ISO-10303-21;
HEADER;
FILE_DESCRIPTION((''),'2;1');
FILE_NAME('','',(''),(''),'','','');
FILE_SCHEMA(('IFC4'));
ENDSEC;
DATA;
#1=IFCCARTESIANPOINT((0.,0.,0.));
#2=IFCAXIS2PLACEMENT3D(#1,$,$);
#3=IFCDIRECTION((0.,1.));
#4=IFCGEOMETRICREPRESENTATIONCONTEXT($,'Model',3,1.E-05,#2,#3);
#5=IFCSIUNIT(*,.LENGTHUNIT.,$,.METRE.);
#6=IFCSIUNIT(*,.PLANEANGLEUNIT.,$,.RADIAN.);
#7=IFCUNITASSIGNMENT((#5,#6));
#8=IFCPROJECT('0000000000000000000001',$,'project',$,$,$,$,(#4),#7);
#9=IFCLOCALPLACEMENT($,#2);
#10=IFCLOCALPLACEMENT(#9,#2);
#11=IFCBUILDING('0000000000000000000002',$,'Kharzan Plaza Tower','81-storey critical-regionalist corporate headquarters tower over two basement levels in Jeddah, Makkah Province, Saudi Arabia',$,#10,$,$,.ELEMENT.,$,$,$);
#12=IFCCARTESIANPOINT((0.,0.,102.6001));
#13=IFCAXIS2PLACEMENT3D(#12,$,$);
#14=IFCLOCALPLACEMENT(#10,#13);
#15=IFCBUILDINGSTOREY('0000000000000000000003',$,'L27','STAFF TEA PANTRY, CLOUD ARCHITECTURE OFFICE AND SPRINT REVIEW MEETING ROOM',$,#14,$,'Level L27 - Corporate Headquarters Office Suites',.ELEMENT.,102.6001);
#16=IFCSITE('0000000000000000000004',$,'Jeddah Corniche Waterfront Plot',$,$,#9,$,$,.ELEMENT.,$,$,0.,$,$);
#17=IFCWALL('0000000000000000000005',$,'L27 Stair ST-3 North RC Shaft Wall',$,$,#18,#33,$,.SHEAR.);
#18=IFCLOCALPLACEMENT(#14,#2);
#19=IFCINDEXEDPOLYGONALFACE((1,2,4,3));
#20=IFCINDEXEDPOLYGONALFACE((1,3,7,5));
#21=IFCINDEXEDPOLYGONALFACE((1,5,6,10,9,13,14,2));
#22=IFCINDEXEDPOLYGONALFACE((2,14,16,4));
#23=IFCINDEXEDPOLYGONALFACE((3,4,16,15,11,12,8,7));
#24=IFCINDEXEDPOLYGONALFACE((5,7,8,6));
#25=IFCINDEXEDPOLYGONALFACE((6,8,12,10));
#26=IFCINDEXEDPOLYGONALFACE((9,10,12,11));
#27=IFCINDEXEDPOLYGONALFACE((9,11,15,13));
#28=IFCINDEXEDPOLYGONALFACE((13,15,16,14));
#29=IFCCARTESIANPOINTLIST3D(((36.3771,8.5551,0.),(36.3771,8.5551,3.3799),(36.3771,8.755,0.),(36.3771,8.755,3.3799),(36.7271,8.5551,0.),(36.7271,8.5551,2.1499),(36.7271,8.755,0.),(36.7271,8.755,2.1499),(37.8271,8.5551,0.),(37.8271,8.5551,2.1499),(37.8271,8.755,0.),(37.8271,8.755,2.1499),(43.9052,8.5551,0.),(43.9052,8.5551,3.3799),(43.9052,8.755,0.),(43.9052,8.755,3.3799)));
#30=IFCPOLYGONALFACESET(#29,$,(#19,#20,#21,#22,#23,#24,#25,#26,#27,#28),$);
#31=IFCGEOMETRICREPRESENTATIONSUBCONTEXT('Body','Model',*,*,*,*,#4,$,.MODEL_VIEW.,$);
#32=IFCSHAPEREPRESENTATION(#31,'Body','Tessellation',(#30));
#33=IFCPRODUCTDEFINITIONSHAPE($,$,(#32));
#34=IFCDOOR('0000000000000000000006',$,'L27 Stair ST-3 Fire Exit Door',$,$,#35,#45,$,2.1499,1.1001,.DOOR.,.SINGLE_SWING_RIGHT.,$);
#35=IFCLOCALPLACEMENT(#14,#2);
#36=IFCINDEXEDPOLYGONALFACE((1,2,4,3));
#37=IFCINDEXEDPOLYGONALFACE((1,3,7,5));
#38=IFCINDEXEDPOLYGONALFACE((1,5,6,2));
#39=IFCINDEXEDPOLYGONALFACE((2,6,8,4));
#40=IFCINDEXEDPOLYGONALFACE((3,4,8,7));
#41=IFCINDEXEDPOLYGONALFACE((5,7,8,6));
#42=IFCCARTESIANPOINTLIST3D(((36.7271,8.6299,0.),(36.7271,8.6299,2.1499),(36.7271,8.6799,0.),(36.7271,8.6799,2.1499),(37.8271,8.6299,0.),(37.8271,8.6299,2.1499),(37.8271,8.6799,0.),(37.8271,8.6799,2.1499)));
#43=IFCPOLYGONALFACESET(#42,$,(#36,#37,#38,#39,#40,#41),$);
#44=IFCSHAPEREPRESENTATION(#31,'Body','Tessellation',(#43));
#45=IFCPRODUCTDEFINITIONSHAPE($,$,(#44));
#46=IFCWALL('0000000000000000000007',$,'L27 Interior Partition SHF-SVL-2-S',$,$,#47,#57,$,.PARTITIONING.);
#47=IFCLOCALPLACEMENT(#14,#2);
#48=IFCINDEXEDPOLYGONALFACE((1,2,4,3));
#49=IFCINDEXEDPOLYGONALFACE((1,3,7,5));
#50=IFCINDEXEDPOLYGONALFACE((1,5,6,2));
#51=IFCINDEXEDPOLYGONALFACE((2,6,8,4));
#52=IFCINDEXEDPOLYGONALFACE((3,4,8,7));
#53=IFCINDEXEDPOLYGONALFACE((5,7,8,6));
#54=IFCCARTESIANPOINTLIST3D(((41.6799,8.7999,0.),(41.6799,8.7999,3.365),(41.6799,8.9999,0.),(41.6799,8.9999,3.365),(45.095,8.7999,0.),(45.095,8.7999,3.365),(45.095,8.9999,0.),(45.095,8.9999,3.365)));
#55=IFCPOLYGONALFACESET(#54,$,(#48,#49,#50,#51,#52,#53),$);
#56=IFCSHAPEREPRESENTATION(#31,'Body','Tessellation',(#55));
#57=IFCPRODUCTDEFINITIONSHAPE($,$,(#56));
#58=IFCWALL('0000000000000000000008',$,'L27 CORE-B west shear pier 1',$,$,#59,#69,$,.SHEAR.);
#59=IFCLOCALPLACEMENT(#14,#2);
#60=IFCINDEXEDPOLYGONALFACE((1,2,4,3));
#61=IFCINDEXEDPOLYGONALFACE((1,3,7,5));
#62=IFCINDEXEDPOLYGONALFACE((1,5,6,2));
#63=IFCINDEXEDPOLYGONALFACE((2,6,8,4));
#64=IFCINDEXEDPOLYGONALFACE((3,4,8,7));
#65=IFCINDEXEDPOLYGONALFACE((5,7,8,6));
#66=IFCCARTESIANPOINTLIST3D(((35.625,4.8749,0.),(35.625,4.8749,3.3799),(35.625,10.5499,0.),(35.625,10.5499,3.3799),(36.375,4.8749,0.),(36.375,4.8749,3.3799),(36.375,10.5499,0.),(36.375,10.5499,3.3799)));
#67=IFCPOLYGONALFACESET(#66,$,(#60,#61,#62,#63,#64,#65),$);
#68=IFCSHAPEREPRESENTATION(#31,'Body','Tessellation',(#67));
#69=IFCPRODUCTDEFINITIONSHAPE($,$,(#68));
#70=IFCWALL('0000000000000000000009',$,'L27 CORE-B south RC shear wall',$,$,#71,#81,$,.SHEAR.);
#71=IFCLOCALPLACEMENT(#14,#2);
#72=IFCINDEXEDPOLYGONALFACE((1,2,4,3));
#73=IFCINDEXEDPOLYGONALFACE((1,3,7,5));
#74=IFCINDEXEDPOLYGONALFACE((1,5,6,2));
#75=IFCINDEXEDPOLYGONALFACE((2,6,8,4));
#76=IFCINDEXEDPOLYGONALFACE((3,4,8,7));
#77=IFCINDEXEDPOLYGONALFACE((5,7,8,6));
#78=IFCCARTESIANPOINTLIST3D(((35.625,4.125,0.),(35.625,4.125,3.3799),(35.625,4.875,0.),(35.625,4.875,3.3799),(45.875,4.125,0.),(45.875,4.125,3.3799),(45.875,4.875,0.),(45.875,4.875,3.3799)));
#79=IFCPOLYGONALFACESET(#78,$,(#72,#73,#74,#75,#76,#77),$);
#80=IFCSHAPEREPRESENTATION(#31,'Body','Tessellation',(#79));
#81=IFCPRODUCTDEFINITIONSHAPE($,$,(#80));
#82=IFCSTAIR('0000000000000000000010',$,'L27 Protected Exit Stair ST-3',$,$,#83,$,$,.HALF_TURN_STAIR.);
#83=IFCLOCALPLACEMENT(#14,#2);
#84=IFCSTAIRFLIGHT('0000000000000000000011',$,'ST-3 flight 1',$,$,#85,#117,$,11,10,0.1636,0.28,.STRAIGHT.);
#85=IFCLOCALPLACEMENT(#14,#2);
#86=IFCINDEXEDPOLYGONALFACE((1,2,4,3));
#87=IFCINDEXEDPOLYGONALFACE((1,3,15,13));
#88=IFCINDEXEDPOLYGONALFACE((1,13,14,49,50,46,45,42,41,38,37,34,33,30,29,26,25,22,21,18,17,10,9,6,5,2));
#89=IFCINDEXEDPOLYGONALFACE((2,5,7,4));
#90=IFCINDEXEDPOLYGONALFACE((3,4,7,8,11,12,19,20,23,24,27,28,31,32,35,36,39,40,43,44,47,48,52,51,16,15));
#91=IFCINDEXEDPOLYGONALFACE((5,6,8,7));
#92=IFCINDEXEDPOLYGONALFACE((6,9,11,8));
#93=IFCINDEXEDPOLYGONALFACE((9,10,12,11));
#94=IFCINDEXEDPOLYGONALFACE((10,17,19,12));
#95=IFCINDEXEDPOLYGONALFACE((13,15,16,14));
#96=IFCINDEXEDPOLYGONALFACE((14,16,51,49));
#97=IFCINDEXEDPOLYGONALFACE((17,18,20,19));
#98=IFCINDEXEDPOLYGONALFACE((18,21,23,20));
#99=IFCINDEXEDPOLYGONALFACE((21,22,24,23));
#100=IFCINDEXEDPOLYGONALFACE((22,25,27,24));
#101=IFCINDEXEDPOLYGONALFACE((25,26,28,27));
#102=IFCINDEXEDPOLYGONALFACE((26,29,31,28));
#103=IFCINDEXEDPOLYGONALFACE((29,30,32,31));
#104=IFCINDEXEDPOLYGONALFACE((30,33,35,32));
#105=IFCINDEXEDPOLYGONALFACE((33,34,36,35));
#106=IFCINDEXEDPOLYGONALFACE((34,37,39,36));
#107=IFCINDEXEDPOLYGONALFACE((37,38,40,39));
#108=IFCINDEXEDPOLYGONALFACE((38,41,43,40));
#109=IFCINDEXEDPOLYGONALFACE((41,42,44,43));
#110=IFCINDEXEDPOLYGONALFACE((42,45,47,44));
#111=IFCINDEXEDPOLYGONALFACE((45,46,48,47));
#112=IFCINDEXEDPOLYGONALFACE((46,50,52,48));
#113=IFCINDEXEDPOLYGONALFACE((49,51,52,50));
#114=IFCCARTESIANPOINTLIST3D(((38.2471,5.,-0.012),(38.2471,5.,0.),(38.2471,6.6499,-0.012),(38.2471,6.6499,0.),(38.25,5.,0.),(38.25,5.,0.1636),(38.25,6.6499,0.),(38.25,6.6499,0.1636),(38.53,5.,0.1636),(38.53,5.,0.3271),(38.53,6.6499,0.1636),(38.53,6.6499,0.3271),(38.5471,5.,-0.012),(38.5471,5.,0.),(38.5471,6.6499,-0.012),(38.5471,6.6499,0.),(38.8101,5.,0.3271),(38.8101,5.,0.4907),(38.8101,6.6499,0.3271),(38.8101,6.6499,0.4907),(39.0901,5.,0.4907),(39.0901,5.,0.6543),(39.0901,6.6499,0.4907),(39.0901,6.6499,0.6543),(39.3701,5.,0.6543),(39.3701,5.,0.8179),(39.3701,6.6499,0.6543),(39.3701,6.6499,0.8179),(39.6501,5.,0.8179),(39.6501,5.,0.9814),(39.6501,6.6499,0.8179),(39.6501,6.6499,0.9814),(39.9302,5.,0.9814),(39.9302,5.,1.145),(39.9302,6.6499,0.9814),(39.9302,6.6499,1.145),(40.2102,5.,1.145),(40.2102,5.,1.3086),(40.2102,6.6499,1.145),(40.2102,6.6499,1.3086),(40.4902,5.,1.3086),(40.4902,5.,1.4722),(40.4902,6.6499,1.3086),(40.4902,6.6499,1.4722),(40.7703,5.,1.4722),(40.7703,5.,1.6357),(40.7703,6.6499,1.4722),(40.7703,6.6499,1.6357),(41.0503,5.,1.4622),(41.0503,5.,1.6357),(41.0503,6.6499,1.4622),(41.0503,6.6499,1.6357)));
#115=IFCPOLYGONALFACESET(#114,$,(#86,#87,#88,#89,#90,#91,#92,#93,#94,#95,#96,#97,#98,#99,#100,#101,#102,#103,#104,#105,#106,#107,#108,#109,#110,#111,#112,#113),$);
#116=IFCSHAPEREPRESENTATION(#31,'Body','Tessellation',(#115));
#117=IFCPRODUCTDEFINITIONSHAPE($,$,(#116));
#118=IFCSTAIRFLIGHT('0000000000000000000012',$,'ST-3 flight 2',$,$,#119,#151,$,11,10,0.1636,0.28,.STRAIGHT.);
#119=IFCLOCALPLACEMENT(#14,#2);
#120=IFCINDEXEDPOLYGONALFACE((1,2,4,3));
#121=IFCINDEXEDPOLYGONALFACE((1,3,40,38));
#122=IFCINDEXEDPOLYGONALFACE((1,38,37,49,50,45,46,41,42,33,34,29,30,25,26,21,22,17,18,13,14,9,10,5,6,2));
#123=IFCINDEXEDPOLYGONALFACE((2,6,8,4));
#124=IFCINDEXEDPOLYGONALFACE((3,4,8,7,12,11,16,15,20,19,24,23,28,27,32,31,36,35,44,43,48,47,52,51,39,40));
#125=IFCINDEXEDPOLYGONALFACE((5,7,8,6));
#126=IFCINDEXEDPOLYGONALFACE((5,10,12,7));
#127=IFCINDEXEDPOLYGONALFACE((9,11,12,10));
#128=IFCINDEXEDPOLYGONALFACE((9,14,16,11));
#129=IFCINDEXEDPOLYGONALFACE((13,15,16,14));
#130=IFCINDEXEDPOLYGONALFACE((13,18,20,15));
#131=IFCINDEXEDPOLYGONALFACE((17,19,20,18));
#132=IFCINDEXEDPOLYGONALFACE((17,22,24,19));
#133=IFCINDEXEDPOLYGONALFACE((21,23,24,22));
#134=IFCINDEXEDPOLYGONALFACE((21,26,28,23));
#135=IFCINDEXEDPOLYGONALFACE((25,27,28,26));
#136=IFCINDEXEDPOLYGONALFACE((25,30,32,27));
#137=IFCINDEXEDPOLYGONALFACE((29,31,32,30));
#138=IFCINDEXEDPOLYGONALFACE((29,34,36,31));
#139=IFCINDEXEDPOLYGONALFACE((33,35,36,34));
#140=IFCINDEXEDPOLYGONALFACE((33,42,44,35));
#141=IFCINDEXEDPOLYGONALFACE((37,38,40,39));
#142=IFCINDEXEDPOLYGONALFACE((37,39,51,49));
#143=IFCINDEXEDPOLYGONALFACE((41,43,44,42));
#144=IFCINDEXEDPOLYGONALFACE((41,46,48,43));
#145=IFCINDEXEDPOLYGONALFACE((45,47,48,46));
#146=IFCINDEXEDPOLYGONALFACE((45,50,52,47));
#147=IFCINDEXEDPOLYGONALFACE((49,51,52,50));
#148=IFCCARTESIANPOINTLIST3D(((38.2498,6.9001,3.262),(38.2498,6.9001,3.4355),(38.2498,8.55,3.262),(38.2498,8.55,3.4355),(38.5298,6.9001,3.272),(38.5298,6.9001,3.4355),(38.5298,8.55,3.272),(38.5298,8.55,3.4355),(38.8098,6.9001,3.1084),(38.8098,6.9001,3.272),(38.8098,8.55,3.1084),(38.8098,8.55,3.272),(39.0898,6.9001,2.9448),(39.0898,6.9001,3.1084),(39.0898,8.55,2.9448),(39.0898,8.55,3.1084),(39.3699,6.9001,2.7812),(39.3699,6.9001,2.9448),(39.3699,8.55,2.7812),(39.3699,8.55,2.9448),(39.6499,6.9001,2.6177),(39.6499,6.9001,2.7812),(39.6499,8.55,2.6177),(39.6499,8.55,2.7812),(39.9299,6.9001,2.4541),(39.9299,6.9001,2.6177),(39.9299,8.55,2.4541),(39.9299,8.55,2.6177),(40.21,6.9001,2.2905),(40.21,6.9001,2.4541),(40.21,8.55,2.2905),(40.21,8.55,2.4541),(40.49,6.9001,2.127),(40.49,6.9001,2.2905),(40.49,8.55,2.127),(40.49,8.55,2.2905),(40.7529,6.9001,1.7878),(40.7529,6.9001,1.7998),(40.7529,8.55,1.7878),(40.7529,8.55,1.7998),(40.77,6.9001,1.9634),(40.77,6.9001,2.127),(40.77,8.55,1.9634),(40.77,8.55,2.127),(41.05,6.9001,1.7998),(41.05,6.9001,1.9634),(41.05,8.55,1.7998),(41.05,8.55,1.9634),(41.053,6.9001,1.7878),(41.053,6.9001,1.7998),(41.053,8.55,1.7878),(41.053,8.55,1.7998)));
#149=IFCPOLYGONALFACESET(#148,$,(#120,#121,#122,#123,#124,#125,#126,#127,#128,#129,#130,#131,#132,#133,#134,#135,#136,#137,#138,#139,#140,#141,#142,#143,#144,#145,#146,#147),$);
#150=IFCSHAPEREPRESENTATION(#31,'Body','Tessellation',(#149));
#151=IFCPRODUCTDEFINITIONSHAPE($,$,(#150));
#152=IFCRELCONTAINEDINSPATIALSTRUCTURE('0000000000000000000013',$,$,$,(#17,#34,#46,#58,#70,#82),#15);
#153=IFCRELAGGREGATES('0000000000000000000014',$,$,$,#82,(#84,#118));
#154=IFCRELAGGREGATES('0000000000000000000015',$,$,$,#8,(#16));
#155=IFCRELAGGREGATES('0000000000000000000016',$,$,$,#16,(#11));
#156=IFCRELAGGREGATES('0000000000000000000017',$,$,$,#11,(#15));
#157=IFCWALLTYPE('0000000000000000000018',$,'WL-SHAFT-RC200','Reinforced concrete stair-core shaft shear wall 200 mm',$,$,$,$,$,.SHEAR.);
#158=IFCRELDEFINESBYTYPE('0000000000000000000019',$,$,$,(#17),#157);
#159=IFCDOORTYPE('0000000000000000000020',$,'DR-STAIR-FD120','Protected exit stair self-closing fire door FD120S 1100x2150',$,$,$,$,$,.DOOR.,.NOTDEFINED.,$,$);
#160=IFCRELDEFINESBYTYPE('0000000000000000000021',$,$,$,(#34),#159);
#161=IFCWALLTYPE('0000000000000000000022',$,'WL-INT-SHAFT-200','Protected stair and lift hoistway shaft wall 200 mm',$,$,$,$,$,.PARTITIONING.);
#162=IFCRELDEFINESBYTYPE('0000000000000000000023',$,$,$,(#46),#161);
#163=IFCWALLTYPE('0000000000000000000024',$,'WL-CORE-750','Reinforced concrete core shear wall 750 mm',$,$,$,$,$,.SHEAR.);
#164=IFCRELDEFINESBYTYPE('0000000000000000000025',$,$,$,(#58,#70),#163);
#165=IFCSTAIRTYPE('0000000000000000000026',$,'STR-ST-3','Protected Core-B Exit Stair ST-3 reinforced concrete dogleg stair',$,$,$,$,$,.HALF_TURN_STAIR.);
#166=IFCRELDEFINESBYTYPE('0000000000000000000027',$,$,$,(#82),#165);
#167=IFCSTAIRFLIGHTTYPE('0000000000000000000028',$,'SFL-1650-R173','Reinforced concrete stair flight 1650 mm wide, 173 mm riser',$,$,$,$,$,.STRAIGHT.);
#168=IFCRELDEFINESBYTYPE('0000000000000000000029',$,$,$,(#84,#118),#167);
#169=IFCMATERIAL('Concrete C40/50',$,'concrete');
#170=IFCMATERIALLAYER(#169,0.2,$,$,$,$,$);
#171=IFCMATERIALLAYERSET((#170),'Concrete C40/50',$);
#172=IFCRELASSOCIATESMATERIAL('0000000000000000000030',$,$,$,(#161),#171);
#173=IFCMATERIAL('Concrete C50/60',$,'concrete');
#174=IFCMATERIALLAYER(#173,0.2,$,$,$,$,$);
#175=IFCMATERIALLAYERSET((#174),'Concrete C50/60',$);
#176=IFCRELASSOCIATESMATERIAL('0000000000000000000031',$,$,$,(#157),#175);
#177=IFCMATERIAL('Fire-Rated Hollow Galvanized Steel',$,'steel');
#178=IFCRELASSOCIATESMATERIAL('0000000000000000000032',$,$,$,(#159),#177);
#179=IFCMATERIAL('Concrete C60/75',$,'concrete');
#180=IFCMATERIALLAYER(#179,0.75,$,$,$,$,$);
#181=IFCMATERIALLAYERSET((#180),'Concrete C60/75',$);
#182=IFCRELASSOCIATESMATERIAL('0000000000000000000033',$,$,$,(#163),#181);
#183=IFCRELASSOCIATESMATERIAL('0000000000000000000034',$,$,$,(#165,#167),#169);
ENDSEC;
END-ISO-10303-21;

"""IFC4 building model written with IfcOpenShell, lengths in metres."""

from ifc_helpers import new_model, si_unit, direction, frame, frame_2d, origin, place, context, subcontext, project, spatial, polyline, rectangle, outline, extrude, source, transform, mapped, material, layer, layer_set, type_object, element, fill, aggregate, save


model = new_model("IFC4")

# Units and contexts
model_context = context("Model", 3, precision=1e-05, world=origin(), true_north=direction((0.0, 1.0)))
body_context = subcontext(model_context, "Body", "Model", "MODEL_VIEW")
ifc_project = project(units=[si_unit("LENGTHUNIT", "METRE"), si_unit("PLANEANGLEUNIT", "RADIAN")], contexts=[model_context])

# Site, building, storey
site_placement = place(None, origin())
site = spatial("IfcSite", under=ifc_project, at=site_placement, Name="Jeddah Corniche Waterfront Plot", CompositionType="ELEMENT", RefElevation=0.0)
building_placement = place(site_placement, origin())
building = spatial("IfcBuilding", under=site, at=building_placement, Name="Kharzan Plaza Tower", Description="81-storey critical-regionalist corporate headquarters tower over two basement levels in Jeddah, Makkah Province, Saudi Arabia", CompositionType="ELEMENT")
storey_placement = place(building_placement, frame((0.0, 0.0, 102.6001)))
storey = spatial("IfcBuildingStorey", under=building, at=storey_placement, Name="L27", Description="STAFF TEA PANTRY, CLOUD ARCHITECTURE OFFICE AND SPRINT REVIEW MEETING ROOM", LongName="Level L27 - Corporate Headquarters Office Suites", CompositionType="ELEMENT", Elevation=102.6001)

# Shared definitions
ifc_material_1 = material(Name="Concrete C60/75", Category="concrete")

# Shared definitions
ifc_material_2 = material(Name="Concrete C40/50", Category="concrete")

# Wall, opening, door
ifc_layer_1 = layer(ifc_material_2, 0.2)
ifc_layer_set_1 = layer_set([ifc_layer_1], Name="Concrete C40/50")
wall_type_1 = type_object("IfcWallType", Name="WL-INT-SHAFT-200", Description="Protected stair and lift hoistway shaft wall 200 mm", PredefinedType="PARTITIONING", material=ifc_layer_set_1)
ifc_material_3 = material(Name="Concrete C50/60", Category="concrete")
ifc_layer_2 = layer(ifc_material_3, 0.2)
ifc_layer_set_2 = layer_set([ifc_layer_2], Name="Concrete C50/60")
wall_type_2 = type_object("IfcWallType", Name="WL-SHAFT-RC200", Description="Reinforced concrete stair-core shaft shear wall 200 mm", PredefinedType="SHEAR", material=ifc_layer_set_2)
wall_1_placement = place(storey_placement, frame((36.377, 8.655, 0.0), z_axis=(0.0, 0.0, 1.0), x_axis=(1.0, 0.0, 0.0)))
wall_1 = element("IfcWall", 1, at=wall_1_placement, inside=storey, type_object=wall_type_2, Name="L27 Stair ST-3 North RC Shaft Wall", PredefinedType="SHEAR", context=body_context, shape_type="SweptSolid", body=[
    extrude(rectangle(XDim=7.5281, YDim=0.2, at=frame_2d((3.7642, 0.0))), origin(), (0.0, 0.0, 1.0), 3.3799),
])
opening_1_placement = place(wall_1_placement, frame((0.3501, 0.0, 0.0)))
opening_1 = element("IfcOpeningElement", 2, at=opening_1_placement, cuts=wall_1, PredefinedType="OPENING", context=body_context, shape_type="SweptSolid", body=[
    extrude(rectangle(XDim=1.1001, YDim=2.1499, at=frame_2d((0.55, 1.075))), frame((0.0, 0.1099, 0.0), z_axis=(0.0, -1.0, 0.0), x_axis=(1.0, 0.0, 0.0)), (0.0, 0.0, 1.0), 0.22),
])
ifc_material_4 = material(Name="Fire-Rated Hollow Galvanized Steel", Category="steel")
door_type_1 = type_object("IfcDoorType", Name="DR-STAIR-FD120", Description="Protected exit stair self-closing fire door FD120S 1100x2150", OperationType="NOTDEFINED", PredefinedType="DOOR", material=ifc_material_4)
shared_shape_1 = source(origin(), body_context, "Body", "SweptSolid", [
    extrude(rectangle(XDim=1.1001, YDim=2.1499, at=frame_2d((0.55, 1.075))), frame((0.0, 0.0249, 0.0), z_axis=(0.0, -1.0, 0.0), x_axis=(1.0, 0.0, 0.0)), (0.0, 0.0, 1.0), 0.05),
])
door_1_placement = place(opening_1_placement, origin())
door_1 = element("IfcDoor", 3, at=door_1_placement, inside=storey, type_object=door_type_1, Name="L27 Stair ST-3 Fire Exit Door", OperationType="SINGLE_SWING_RIGHT", OverallHeight=2.1499, OverallWidth=1.1001, PredefinedType="DOOR", context=body_context, shape_type="MappedRepresentation", body=[
    mapped(shared_shape_1, transform((0.0, 0.0, 0.0), x_axis=(1.0, 0.0, 0.0), y_axis=(0.0, 1.0, 0.0), z_axis=(0.0, 0.0, 1.0))),
])
fill(opening_1, door_1)

# Walls
shared_shape_2 = source(origin(), body_context, "Body", "SweptSolid", [
    extrude(rectangle(XDim=3.415, YDim=0.2, at=frame_2d((1.7075, 0.0))), origin(), (0.0, 0.0, 1.0), 3.365),
])
wall_2_placement = place(storey_placement, frame((41.6799, 8.8999, 0.0), z_axis=(0.0, 0.0, 1.0), x_axis=(1.0, 0.0, 0.0)))
element("IfcWall", 4, at=wall_2_placement, inside=storey, type_object=wall_type_1, Name="L27 Interior Partition SHF-SVL-2-S", PredefinedType="PARTITIONING", context=body_context, shape_type="MappedRepresentation", body=[
    mapped(shared_shape_2, transform((0.0, 0.0, 0.0), x_axis=(1.0, 0.0, 0.0), y_axis=(0.0, 1.0, 0.0), z_axis=(0.0, 0.0, 1.0))),
])
ifc_layer_3 = layer(ifc_material_1, 0.75)
ifc_layer_set_3 = layer_set([ifc_layer_3], Name="Concrete C60/75")
wall_type_3 = type_object("IfcWallType", Name="WL-CORE-750", Description="Reinforced concrete core shear wall 750 mm", PredefinedType="SHEAR", material=ifc_layer_set_3)
shared_shape_3 = source(origin(), body_context, "Body", "SweptSolid", [
    extrude(rectangle(XDim=5.675, YDim=0.75, at=frame_2d((2.8374, 0.0))), origin(), (0.0, 0.0, 1.0), 3.3799),
])
wall_3_placement = place(storey_placement, frame((36.0, 4.875, 0.0), z_axis=(0.0, 0.0, 1.0), x_axis=(0.0, 1.0, 0.0)))
element("IfcWall", 5, at=wall_3_placement, inside=storey, type_object=wall_type_3, Name="L27 CORE-B west shear pier 1", PredefinedType="SHEAR", context=body_context, shape_type="MappedRepresentation", body=[
    mapped(shared_shape_3, transform((0.0, 0.0, 0.0), x_axis=(1.0, 0.0, 0.0), y_axis=(0.0, 1.0, 0.0), z_axis=(0.0, 0.0, 1.0))),
])
shared_shape_4 = source(origin(), body_context, "Body", "SweptSolid", [
    extrude(rectangle(XDim=10.25, YDim=0.75, at=frame_2d((5.125, 0.0))), origin(), (0.0, 0.0, 1.0), 3.3799),
])
wall_4_placement = place(storey_placement, frame((35.625, 4.5, 0.0), z_axis=(0.0, 0.0, 1.0), x_axis=(1.0, 0.0, 0.0)))
element("IfcWall", 6, at=wall_4_placement, inside=storey, type_object=wall_type_3, Name="L27 CORE-B south RC shear wall", PredefinedType="SHEAR", context=body_context, shape_type="MappedRepresentation", body=[
    mapped(shared_shape_4, transform((0.0, 0.0, 0.0), x_axis=(1.0, 0.0, 0.0), y_axis=(0.0, 1.0, 0.0), z_axis=(0.0, 0.0, 1.0))),
])

# Stair, stair flights
stair_type = type_object("IfcStairType", Name="STR-ST-3", Description="Protected Core-B Exit Stair ST-3 reinforced concrete dogleg stair", PredefinedType="HALF_TURN_STAIR", material=ifc_material_2)
stair_placement = place(storey_placement, origin())
stair = element("IfcStair", 7, at=stair_placement, inside=storey, type_object=stair_type, Name="L27 Protected Exit Stair ST-3", PredefinedType="HALF_TURN_STAIR")
stair_flight_type = type_object("IfcStairFlightType", Name="SFL-1650-R173", Description="Reinforced concrete stair flight 1650 mm wide, 173 mm riser", PredefinedType="STRAIGHT", material=ifc_material_2)
shared_shape_5 = source(origin(), body_context, "Body", "SweptSolid", [
    extrude(outline(polyline([(-0.0029, -0.012), (-0.0029, 0.0), (0.0, 0.0), (0.0, 0.1636), (0.28, 0.1636), (0.28, 0.3271), (0.5601, 0.3271), (0.5601, 0.4907), (0.8401, 0.4907), (0.8401, 0.6543), (1.1201, 0.6543), (1.1201, 0.8179), (1.4001, 0.8179), (1.4001, 0.9814), (1.6802, 0.9814), (1.6802, 1.145), (1.9602, 1.145), (1.9602, 1.3086), (2.2402, 1.3086), (2.2402, 1.4722), (2.5203, 1.4722), (2.5203, 1.6357), (2.8003, 1.6357), (2.8003, 1.7993), (2.8003, 1.4622), (0.2971, 0.0), (0.2971, -0.012), (-0.0029, -0.012)])), frame((0.0, 0.825, 0.0), z_axis=(0.0, -1.0, 0.0), x_axis=(1.0, 0.0, 0.0)), (0.0, 0.0, 1.0), 1.6499),
])
stair_flight_1_placement = place(storey_placement, frame((38.25, 5.825, 0.0), z_axis=(0.0, 0.0, 1.0), x_axis=(1.0, 0.0, 0.0)))
stair_flight_1 = element("IfcStairFlight", 8, at=stair_flight_1_placement, type_object=stair_flight_type, Name="ST-3 flight 1", NumberOfRisers=11, NumberOfTreads=10, PredefinedType="STRAIGHT", RiserHeight=0.1636, TreadLength=0.28, context=body_context, shape_type="MappedRepresentation", body=[
    mapped(shared_shape_5, transform((0.0, 0.0, 0.0), x_axis=(1.0, 0.0, 0.0), y_axis=(0.0, 1.0, 0.0), z_axis=(0.0, 0.0, 1.0))),
])
stair_flight_2_placement = place(storey_placement, frame((41.05, 7.7251, 1.7998), z_axis=(0.0, 0.0, 1.0), x_axis=(-1.0, 0.0, 0.0)))
stair_flight_2 = element("IfcStairFlight", 9, at=stair_flight_2_placement, type_object=stair_flight_type, Name="ST-3 flight 2", NumberOfRisers=11, NumberOfTreads=10, PredefinedType="STRAIGHT", RiserHeight=0.1636, TreadLength=0.28, context=body_context, shape_type="MappedRepresentation", body=[
    mapped(shared_shape_5, transform((0.0, 0.0, 0.0), x_axis=(1.0, 0.0, 0.0), y_axis=(0.0, 1.0, 0.0), z_axis=(0.0, 0.0, 1.0))),
])
aggregate(stair, [stair_flight_1, stair_flight_2])

save(model, "model.ifc")
